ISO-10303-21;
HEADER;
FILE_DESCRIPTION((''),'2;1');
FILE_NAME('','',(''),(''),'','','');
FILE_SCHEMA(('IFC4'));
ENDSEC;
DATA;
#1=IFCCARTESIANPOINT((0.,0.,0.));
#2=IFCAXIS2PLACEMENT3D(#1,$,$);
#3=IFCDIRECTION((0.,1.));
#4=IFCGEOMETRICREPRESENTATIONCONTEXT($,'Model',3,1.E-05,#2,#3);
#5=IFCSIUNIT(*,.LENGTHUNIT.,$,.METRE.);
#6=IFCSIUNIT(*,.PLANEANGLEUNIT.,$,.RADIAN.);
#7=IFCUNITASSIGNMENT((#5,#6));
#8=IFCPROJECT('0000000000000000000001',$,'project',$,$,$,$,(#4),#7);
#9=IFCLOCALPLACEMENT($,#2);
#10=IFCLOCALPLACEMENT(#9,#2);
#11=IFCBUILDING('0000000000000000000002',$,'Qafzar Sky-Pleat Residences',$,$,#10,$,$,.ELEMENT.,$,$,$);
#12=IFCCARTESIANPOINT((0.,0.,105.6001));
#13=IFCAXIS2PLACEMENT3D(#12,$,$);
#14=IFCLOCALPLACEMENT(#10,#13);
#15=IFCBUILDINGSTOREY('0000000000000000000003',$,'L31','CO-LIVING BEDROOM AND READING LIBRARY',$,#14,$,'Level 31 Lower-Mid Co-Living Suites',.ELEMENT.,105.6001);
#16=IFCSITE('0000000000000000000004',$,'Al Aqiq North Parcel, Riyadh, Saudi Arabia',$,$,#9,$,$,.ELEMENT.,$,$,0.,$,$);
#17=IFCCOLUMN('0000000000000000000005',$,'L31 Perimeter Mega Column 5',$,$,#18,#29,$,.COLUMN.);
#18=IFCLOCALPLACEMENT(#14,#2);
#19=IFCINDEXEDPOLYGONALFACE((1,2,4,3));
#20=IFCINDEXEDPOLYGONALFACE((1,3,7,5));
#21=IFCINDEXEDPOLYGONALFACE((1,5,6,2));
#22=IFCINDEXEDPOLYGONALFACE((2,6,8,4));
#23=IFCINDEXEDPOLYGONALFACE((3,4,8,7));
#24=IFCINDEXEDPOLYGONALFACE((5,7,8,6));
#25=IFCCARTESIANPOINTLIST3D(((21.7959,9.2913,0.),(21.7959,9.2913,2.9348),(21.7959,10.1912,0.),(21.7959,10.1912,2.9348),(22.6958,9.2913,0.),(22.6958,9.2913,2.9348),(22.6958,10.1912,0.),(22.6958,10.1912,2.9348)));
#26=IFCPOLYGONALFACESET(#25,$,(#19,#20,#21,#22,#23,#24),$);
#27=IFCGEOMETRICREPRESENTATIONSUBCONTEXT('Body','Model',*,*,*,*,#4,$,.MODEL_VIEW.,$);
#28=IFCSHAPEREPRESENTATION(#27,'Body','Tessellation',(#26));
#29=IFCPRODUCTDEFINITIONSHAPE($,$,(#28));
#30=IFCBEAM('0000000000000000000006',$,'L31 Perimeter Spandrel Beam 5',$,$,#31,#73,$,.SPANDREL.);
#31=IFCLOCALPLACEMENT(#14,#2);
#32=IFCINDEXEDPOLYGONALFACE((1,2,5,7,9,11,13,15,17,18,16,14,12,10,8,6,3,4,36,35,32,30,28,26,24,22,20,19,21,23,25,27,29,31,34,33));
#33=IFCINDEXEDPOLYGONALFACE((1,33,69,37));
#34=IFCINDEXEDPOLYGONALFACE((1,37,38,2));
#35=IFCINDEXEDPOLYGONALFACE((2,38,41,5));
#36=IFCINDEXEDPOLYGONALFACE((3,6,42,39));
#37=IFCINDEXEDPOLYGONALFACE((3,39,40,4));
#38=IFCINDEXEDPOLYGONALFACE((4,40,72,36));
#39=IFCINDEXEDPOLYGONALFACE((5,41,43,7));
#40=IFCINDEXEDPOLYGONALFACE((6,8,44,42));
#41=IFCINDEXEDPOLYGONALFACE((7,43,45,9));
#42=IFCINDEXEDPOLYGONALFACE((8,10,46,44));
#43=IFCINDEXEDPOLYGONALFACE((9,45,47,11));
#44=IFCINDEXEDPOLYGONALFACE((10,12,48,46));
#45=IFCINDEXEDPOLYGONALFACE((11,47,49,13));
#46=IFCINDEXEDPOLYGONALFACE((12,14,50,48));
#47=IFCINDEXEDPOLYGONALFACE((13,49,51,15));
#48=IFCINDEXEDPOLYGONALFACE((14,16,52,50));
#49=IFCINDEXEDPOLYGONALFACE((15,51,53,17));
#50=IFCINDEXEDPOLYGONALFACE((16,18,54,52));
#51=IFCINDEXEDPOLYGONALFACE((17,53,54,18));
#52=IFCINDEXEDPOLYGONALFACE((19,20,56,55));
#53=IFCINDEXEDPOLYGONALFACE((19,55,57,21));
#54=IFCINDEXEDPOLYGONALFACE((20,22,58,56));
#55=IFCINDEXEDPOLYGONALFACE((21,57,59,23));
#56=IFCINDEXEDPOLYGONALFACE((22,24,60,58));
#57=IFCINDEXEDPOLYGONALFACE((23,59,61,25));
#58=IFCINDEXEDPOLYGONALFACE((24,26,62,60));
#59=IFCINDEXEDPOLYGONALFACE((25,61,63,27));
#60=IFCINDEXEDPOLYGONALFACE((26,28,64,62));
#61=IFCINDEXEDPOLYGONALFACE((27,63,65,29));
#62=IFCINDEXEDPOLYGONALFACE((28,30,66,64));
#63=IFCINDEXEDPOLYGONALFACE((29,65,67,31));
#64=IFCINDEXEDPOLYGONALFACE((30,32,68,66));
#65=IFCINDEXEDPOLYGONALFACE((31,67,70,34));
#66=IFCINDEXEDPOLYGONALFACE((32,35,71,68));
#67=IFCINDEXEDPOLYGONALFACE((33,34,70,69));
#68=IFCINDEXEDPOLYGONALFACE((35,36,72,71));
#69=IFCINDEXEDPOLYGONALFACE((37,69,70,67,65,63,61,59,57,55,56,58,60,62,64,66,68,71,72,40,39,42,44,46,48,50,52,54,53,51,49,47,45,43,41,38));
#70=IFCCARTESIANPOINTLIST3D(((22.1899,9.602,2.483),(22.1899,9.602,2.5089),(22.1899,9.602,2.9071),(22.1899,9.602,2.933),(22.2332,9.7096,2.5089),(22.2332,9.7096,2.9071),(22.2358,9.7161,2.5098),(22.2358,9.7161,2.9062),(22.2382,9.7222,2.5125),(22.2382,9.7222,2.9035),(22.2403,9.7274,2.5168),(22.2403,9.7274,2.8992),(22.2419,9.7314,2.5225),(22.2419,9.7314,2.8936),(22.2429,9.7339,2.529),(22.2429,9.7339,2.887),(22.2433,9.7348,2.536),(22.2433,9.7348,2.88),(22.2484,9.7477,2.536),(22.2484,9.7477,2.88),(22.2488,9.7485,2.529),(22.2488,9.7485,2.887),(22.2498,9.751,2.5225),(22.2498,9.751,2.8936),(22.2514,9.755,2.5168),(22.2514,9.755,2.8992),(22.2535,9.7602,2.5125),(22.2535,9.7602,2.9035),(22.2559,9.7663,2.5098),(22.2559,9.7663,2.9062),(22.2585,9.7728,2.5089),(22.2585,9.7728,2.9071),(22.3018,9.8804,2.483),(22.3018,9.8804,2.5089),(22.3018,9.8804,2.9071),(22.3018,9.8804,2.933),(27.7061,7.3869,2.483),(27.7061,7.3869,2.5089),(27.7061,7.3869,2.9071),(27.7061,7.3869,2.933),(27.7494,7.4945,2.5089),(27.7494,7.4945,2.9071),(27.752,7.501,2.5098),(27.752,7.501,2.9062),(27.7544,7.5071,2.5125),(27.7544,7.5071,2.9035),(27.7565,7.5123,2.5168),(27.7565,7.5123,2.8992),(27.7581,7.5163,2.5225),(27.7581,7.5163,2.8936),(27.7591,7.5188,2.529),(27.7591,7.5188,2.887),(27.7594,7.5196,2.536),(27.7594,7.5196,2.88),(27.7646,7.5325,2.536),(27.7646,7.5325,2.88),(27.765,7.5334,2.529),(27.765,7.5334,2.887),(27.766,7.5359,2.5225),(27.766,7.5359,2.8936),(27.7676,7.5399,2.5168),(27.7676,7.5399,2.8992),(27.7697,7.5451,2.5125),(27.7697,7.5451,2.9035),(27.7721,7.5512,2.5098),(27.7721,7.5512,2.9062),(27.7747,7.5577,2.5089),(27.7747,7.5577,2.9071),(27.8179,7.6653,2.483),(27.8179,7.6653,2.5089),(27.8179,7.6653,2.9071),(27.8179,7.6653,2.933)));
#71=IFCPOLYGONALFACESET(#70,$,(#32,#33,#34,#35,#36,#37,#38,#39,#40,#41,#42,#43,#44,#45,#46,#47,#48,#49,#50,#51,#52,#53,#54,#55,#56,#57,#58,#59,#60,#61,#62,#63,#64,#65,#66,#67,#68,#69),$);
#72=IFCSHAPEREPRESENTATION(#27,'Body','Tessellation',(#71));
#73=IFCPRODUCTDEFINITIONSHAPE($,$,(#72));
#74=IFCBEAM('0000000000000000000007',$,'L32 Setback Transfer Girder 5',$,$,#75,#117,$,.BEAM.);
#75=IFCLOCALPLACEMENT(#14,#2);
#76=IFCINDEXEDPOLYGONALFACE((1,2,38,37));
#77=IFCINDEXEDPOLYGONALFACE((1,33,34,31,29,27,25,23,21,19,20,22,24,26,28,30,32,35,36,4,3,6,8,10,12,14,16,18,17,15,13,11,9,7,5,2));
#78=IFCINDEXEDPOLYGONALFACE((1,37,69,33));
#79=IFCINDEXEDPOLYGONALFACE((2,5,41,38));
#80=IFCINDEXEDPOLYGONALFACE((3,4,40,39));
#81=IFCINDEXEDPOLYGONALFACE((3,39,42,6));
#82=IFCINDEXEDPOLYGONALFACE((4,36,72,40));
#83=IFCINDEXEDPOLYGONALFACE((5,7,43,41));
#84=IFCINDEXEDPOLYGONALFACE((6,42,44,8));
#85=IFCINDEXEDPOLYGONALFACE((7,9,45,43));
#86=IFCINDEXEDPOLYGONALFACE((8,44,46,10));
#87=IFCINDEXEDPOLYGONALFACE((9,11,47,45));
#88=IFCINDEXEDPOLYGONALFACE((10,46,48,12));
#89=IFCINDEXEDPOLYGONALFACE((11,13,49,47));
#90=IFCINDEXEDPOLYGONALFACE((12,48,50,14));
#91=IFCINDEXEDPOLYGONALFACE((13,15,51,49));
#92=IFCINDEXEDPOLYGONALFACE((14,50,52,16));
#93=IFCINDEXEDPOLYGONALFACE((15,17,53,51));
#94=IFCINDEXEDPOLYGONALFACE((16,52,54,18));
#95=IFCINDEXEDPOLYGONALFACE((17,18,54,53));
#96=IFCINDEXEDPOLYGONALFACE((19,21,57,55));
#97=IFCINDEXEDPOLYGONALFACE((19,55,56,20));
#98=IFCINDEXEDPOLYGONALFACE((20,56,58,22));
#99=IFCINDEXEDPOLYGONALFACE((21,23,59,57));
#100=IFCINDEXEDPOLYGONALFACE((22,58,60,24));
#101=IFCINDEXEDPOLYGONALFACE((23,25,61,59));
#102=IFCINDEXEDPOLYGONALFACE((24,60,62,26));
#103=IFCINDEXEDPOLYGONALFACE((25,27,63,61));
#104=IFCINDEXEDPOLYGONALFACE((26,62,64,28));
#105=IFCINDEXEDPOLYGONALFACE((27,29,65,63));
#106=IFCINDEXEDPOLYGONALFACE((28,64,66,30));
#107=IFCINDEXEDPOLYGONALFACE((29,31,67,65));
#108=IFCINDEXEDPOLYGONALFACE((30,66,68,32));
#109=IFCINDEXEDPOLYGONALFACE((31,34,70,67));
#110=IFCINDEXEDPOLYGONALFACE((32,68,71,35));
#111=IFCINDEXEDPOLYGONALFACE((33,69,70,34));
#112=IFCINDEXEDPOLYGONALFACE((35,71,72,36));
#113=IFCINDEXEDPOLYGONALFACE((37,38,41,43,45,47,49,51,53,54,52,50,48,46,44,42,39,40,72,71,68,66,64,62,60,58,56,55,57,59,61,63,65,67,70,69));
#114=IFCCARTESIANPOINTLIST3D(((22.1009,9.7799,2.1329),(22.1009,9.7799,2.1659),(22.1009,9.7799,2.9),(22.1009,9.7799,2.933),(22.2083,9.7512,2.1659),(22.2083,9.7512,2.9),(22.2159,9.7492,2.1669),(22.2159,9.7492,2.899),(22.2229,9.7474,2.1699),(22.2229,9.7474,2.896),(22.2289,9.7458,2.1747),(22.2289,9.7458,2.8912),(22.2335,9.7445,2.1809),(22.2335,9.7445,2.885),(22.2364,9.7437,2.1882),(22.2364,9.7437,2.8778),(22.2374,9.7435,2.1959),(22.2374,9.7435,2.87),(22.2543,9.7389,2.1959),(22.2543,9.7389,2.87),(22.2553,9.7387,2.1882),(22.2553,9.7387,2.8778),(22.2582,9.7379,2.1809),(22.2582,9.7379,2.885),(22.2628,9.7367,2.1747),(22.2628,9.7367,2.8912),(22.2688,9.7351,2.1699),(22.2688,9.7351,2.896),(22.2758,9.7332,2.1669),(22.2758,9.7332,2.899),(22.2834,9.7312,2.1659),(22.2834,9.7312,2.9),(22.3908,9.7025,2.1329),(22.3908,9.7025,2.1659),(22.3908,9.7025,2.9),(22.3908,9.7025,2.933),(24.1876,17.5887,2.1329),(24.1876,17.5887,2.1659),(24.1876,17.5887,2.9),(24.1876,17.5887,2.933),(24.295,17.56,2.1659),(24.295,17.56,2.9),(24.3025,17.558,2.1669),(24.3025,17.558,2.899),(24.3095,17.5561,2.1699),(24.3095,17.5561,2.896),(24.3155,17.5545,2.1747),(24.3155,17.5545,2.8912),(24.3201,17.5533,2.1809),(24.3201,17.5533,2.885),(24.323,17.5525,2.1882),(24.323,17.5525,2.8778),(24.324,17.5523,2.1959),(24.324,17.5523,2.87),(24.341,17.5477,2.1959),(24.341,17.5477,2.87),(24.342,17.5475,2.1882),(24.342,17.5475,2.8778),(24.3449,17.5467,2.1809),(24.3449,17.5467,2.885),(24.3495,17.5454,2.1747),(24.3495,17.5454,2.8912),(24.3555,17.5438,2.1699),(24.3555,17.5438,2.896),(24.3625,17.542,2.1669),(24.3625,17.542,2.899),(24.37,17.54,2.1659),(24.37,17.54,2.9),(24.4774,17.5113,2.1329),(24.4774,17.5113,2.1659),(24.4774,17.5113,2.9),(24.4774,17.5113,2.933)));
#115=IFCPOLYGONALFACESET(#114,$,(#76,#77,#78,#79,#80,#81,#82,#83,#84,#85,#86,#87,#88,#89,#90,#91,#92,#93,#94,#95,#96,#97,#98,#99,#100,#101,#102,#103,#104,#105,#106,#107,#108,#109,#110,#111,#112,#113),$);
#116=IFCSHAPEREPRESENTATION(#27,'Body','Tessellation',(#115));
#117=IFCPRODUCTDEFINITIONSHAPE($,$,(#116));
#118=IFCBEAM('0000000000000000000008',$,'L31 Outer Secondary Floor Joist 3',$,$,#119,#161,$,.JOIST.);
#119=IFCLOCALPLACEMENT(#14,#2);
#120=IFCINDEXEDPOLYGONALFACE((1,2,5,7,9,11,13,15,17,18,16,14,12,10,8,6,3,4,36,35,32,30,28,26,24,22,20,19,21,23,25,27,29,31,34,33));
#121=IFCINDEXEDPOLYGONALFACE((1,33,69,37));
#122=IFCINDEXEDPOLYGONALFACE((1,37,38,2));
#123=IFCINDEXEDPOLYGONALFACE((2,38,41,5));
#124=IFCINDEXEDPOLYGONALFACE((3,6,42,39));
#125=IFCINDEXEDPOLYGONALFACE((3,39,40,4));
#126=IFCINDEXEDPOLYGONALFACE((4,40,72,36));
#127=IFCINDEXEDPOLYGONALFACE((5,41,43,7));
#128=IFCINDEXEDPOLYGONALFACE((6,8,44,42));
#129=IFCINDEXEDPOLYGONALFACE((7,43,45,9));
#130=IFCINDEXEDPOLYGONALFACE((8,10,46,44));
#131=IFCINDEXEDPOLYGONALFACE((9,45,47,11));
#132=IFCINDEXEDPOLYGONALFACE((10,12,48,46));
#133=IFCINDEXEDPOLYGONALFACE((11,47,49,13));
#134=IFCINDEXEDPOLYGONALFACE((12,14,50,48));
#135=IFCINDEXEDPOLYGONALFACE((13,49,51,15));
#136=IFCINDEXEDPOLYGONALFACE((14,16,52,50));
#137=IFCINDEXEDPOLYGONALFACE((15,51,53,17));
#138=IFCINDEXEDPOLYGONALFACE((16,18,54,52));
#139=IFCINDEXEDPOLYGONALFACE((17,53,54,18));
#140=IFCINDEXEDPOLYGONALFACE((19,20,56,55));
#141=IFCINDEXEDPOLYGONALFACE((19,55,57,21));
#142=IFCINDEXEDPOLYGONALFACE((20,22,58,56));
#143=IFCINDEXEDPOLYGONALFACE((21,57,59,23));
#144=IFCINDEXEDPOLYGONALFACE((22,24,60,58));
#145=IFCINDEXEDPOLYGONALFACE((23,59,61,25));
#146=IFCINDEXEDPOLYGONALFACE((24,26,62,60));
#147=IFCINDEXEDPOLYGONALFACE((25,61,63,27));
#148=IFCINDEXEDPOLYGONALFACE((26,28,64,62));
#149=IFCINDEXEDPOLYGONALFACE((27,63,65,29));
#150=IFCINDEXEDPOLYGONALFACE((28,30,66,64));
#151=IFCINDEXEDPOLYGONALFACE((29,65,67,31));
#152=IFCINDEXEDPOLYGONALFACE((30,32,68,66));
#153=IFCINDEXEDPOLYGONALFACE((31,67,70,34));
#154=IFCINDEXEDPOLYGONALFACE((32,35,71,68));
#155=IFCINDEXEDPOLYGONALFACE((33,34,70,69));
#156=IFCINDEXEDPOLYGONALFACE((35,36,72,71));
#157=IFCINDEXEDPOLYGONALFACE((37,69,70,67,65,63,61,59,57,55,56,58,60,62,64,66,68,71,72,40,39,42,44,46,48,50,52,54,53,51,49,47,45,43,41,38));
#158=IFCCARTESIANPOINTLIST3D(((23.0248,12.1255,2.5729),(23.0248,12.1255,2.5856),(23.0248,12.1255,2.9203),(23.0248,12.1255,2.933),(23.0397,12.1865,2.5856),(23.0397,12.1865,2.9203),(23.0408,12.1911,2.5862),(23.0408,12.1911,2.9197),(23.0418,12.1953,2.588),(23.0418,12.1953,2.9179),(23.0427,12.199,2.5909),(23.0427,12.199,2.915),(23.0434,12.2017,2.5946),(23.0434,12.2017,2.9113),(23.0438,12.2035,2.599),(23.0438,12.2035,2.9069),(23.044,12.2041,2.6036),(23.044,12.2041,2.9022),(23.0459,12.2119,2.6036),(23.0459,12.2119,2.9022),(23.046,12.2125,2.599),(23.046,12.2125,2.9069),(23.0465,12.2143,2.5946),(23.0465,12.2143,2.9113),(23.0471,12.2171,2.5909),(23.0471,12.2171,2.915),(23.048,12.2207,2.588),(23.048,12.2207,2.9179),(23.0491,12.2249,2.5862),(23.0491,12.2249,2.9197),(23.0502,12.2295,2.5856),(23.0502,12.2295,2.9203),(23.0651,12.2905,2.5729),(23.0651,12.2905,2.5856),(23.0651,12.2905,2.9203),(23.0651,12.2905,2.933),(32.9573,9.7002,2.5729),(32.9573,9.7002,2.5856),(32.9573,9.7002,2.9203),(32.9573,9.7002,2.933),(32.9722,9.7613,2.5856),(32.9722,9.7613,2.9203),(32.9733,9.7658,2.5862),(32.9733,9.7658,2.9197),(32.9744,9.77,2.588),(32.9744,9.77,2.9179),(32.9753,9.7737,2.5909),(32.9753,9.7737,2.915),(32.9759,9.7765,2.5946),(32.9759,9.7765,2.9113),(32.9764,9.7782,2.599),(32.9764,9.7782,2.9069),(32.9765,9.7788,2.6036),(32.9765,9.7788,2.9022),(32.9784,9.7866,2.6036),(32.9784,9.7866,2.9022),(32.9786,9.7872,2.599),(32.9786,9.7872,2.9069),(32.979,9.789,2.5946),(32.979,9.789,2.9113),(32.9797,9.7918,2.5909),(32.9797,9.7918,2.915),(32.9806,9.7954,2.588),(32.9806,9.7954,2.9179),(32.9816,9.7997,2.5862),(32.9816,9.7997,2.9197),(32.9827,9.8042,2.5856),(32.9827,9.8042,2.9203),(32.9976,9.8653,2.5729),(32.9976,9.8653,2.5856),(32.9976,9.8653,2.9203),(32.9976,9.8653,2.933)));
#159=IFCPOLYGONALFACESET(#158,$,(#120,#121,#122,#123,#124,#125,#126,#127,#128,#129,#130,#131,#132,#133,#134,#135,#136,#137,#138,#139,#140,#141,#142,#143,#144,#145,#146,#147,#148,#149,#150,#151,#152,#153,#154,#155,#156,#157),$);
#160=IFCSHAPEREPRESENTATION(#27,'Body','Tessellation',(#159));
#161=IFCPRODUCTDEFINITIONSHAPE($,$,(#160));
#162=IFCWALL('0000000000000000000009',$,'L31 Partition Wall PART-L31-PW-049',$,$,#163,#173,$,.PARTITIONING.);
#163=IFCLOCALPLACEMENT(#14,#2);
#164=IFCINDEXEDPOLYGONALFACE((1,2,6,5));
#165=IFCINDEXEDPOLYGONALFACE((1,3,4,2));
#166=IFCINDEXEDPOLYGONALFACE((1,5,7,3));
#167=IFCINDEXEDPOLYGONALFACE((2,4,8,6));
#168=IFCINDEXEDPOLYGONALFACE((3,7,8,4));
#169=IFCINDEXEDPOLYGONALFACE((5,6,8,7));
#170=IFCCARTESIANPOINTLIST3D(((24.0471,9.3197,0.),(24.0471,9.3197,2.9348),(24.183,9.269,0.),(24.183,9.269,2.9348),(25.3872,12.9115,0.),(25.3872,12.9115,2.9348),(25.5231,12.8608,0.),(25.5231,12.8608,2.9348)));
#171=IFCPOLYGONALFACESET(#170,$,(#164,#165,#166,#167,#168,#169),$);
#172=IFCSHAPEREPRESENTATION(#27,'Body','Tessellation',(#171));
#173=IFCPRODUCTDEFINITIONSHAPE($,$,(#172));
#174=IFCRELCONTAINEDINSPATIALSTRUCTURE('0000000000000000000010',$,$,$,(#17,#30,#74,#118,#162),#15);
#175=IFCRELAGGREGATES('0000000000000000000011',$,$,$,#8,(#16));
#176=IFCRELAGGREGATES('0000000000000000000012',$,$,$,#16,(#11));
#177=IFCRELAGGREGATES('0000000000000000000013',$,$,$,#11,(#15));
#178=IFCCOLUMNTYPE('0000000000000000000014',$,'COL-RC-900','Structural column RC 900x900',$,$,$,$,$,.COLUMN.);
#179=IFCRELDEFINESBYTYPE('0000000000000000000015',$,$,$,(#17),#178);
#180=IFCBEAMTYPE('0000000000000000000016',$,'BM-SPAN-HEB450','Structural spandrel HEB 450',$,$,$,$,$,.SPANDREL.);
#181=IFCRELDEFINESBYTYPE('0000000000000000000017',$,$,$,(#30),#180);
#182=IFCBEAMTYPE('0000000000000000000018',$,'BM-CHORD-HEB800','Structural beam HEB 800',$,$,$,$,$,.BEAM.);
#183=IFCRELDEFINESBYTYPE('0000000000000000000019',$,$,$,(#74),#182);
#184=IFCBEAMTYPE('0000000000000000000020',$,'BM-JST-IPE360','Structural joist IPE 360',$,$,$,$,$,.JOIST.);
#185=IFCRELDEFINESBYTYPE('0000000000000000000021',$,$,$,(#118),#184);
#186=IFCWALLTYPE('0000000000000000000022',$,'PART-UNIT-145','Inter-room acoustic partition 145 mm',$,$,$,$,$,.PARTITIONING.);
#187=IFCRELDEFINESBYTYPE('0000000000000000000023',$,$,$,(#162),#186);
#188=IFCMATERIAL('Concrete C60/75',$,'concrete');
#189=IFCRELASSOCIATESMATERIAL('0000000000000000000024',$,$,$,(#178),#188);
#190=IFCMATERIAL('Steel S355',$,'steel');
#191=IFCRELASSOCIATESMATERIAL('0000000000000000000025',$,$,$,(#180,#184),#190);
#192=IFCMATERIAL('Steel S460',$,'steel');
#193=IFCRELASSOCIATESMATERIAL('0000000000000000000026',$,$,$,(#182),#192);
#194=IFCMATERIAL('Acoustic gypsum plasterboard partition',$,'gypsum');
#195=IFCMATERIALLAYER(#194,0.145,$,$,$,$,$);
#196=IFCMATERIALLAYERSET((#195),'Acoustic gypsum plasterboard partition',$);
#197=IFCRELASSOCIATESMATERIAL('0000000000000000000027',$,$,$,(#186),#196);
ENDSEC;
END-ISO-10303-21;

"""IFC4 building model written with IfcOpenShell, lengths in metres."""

from ifc_helpers import new_model, si_unit, direction, frame, frame_2d, origin, origin_2d, place, context, subcontext, project, spatial, rectangle, i_section, extrude, source, transform, mapped, material, layer, layer_set, material_profile, profile_set, type_object, element, save


model = new_model("IFC4")

# Units and contexts
model_context = context("Model", 3, precision=1e-05, world=origin(), true_north=direction((0.0, 1.0)))
body_context = subcontext(model_context, "Body", "Model", "MODEL_VIEW")
ifc_project = project(units=[si_unit("LENGTHUNIT", "METRE"), si_unit("PLANEANGLEUNIT", "RADIAN")], contexts=[model_context])

# Site, building, storey
site_placement = place(None, origin())
site = spatial("IfcSite", under=ifc_project, at=site_placement, Name="Al Aqiq North Parcel, Riyadh, Saudi Arabia", CompositionType="ELEMENT", RefElevation=0.0)
building_placement = place(site_placement, origin())
building = spatial("IfcBuilding", under=site, at=building_placement, Name="Qafzar Sky-Pleat Residences", CompositionType="ELEMENT")
storey_placement = place(building_placement, frame((0.0, 0.0, 105.6001)))
storey = spatial("IfcBuildingStorey", under=building, at=storey_placement, Name="L31", Description="CO-LIVING BEDROOM AND READING LIBRARY", LongName="Level 31 Lower-Mid Co-Living Suites", CompositionType="ELEMENT", Elevation=105.6001)

# Column
ifc_material_1 = material(Name="Concrete C60/75", Category="concrete")
ifc_material_profile_1 = material_profile(ifc_material_1, rectangle(XDim=0.8999, YDim=0.8999, at=origin_2d()), Name="RC 900x900")
ifc_profile_set_1 = profile_set([ifc_material_profile_1], Name="Concrete C60/75")
column_type = type_object("IfcColumnType", Name="COL-RC-900", Description="Structural column RC 900x900", PredefinedType="COLUMN", material=ifc_profile_set_1)
shared_shape_1 = source(origin(), body_context, "Body", "SweptSolid", [
    extrude(rectangle(XDim=0.8999, YDim=0.8999, at=origin_2d()), origin(), (0.0, 0.0, 1.0), 2.9348),
])
column_placement = place(storey_placement, frame((22.2458, 9.7412, 0.0), z_axis=(0.0, 0.0, 1.0), x_axis=(1.0, 0.0, 0.0)))
element("IfcColumn", 1, at=column_placement, inside=storey, type_object=column_type, Name="L31 Perimeter Mega Column 5", PredefinedType="COLUMN", context=body_context, shape_type="MappedRepresentation", body=[
    mapped(shared_shape_1, transform((0.0, 0.0, 0.0), x_axis=(1.0, 0.0, 0.0), y_axis=(0.0, 1.0, 0.0), z_axis=(0.0, 0.0, 1.0), scale=1.0)),
])

# Beams
ifc_material_2 = material(Name="Steel S355", Category="steel")
ifc_material_profile_2 = material_profile(ifc_material_2, i_section(OverallWidth=0.3, OverallDepth=0.45, WebThickness=0.0139, FlangeThickness=0.0259, FilletRadius=0.0271, at=origin_2d()), Name="HEB 450")
ifc_profile_set_2 = profile_set([ifc_material_profile_2], Name="Steel S355")
beam_type_1 = type_object("IfcBeamType", Name="BM-SPAN-HEB450", Description="Structural spandrel HEB 450", PredefinedType="SPANDREL", material=ifc_profile_set_2)
shared_shape_2 = source(origin(), body_context, "Body", "SweptSolid", [
    extrude(i_section(OverallWidth=0.3, OverallDepth=0.45, WebThickness=0.0139, FlangeThickness=0.0259, FilletRadius=0.0271, at=origin_2d()), origin(), (0.0, 0.0, 1.0), 5.9443),
])
beam_1_placement = place(storey_placement, frame((22.2458, 9.7412, 2.708), z_axis=(0.927974, -0.372644, 0.0), x_axis=(0.372644, 0.927974, 0.0)))
element("IfcBeam", 2, at=beam_1_placement, inside=storey, type_object=beam_type_1, Name="L31 Perimeter Spandrel Beam 5", PredefinedType="SPANDREL", context=body_context, shape_type="MappedRepresentation", body=[
    mapped(shared_shape_2, transform((0.0, 0.0, 0.0), x_axis=(1.0, 0.0, 0.0), y_axis=(0.0, 1.0, 0.0), z_axis=(0.0, 0.0, 1.0), scale=1.0)),
])
ifc_material_3 = material(Name="Steel S460", Category="steel")
ifc_material_profile_3 = material_profile(ifc_material_3, i_section(OverallWidth=0.3, OverallDepth=0.8, WebThickness=0.0176, FlangeThickness=0.033, FilletRadius=0.03, at=origin_2d()), Name="HEB 800")
ifc_profile_set_3 = profile_set([ifc_material_profile_3], Name="Steel S460")
beam_type_2 = type_object("IfcBeamType", Name="BM-CHORD-HEB800", Description="Structural beam HEB 800", PredefinedType="BEAM", material=ifc_profile_set_3)
shared_shape_3 = source(origin(), body_context, "Body", "SweptSolid", [
    extrude(i_section(OverallWidth=0.3, OverallDepth=0.8, WebThickness=0.0176, FlangeThickness=0.033, FilletRadius=0.03, at=origin_2d()), origin(), (0.0, 0.0, 1.0), 8.0828),
])
beam_2_placement = place(storey_placement, frame((22.2458, 9.7412, 2.533), z_axis=(0.258161, 0.966102, 0.0), x_axis=(-0.966102, 0.258161, 0.0)))
element("IfcBeam", 3, at=beam_2_placement, inside=storey, type_object=beam_type_2, Name="L32 Setback Transfer Girder 5", PredefinedType="BEAM", context=body_context, shape_type="MappedRepresentation", body=[
    mapped(shared_shape_3, transform((0.0, 0.0, 0.0), x_axis=(1.0, 0.0, 0.0), y_axis=(0.0, 1.0, 0.0), z_axis=(0.0, 0.0, 1.0), scale=1.0)),
])
ifc_material_profile_4 = material_profile(ifc_material_2, i_section(OverallWidth=0.1699, OverallDepth=0.3601, WebThickness=0.0081, FlangeThickness=0.0127, FilletRadius=0.0181, at=origin_2d()), Name="IPE 360")
ifc_profile_set_4 = profile_set([ifc_material_profile_4], Name="Steel S355")
beam_type_3 = type_object("IfcBeamType", Name="BM-JST-IPE360", Description="Structural joist IPE 360", PredefinedType="JOIST", material=ifc_profile_set_4)
shared_shape_4 = source(origin(), body_context, "Body", "SweptSolid", [
    extrude(i_section(OverallWidth=0.1699, OverallDepth=0.3601, WebThickness=0.0081, FlangeThickness=0.0127, FilletRadius=0.0181, at=origin_2d()), origin(), (0.0, 0.0, 1.0), 10.2244),
])
beam_3_placement = place(storey_placement, frame((23.0449, 12.208, 2.7529), z_axis=(0.971459, -0.237206, 0.0), x_axis=(0.237206, 0.971459, 0.0)))
element("IfcBeam", 4, at=beam_3_placement, inside=storey, type_object=beam_type_3, Name="L31 Outer Secondary Floor Joist 3", PredefinedType="JOIST", context=body_context, shape_type="MappedRepresentation", body=[
    mapped(shared_shape_4, transform((0.0, 0.0, 0.0), x_axis=(1.0, 0.0, 0.0), y_axis=(0.0, 1.0, 0.0), z_axis=(0.0, 0.0, 1.0), scale=1.0)),
])

# Wall
ifc_material_4 = material(Name="Acoustic gypsum plasterboard partition", Category="gypsum")
ifc_layer_1 = layer(ifc_material_4, 0.145)
ifc_layer_set_1 = layer_set([ifc_layer_1], Name="Acoustic gypsum plasterboard partition")
wall_type_1 = type_object("IfcWallType", Name="PART-UNIT-145", Description="Inter-room acoustic partition 145 mm", PredefinedType="PARTITIONING", material=ifc_layer_set_1)
wall_1_placement = place(storey_placement, frame((24.115, 9.2942, 0.0), z_axis=(0.0, 0.0, 1.0), x_axis=(0.34956, 0.936914, 0.0)))
element("IfcWall", 5, at=wall_1_placement, inside=storey, type_object=wall_type_1, Name="L31 Partition Wall PART-L31-PW-049", PredefinedType="PARTITIONING", context=body_context, shape_type="SweptSolid", body=[
    extrude(rectangle(XDim=3.8337, YDim=0.145, at=frame_2d((1.917, 0.0))), origin(), (0.0, 0.0, 1.0), 2.9348),
])

save(model, "model.ifc")
